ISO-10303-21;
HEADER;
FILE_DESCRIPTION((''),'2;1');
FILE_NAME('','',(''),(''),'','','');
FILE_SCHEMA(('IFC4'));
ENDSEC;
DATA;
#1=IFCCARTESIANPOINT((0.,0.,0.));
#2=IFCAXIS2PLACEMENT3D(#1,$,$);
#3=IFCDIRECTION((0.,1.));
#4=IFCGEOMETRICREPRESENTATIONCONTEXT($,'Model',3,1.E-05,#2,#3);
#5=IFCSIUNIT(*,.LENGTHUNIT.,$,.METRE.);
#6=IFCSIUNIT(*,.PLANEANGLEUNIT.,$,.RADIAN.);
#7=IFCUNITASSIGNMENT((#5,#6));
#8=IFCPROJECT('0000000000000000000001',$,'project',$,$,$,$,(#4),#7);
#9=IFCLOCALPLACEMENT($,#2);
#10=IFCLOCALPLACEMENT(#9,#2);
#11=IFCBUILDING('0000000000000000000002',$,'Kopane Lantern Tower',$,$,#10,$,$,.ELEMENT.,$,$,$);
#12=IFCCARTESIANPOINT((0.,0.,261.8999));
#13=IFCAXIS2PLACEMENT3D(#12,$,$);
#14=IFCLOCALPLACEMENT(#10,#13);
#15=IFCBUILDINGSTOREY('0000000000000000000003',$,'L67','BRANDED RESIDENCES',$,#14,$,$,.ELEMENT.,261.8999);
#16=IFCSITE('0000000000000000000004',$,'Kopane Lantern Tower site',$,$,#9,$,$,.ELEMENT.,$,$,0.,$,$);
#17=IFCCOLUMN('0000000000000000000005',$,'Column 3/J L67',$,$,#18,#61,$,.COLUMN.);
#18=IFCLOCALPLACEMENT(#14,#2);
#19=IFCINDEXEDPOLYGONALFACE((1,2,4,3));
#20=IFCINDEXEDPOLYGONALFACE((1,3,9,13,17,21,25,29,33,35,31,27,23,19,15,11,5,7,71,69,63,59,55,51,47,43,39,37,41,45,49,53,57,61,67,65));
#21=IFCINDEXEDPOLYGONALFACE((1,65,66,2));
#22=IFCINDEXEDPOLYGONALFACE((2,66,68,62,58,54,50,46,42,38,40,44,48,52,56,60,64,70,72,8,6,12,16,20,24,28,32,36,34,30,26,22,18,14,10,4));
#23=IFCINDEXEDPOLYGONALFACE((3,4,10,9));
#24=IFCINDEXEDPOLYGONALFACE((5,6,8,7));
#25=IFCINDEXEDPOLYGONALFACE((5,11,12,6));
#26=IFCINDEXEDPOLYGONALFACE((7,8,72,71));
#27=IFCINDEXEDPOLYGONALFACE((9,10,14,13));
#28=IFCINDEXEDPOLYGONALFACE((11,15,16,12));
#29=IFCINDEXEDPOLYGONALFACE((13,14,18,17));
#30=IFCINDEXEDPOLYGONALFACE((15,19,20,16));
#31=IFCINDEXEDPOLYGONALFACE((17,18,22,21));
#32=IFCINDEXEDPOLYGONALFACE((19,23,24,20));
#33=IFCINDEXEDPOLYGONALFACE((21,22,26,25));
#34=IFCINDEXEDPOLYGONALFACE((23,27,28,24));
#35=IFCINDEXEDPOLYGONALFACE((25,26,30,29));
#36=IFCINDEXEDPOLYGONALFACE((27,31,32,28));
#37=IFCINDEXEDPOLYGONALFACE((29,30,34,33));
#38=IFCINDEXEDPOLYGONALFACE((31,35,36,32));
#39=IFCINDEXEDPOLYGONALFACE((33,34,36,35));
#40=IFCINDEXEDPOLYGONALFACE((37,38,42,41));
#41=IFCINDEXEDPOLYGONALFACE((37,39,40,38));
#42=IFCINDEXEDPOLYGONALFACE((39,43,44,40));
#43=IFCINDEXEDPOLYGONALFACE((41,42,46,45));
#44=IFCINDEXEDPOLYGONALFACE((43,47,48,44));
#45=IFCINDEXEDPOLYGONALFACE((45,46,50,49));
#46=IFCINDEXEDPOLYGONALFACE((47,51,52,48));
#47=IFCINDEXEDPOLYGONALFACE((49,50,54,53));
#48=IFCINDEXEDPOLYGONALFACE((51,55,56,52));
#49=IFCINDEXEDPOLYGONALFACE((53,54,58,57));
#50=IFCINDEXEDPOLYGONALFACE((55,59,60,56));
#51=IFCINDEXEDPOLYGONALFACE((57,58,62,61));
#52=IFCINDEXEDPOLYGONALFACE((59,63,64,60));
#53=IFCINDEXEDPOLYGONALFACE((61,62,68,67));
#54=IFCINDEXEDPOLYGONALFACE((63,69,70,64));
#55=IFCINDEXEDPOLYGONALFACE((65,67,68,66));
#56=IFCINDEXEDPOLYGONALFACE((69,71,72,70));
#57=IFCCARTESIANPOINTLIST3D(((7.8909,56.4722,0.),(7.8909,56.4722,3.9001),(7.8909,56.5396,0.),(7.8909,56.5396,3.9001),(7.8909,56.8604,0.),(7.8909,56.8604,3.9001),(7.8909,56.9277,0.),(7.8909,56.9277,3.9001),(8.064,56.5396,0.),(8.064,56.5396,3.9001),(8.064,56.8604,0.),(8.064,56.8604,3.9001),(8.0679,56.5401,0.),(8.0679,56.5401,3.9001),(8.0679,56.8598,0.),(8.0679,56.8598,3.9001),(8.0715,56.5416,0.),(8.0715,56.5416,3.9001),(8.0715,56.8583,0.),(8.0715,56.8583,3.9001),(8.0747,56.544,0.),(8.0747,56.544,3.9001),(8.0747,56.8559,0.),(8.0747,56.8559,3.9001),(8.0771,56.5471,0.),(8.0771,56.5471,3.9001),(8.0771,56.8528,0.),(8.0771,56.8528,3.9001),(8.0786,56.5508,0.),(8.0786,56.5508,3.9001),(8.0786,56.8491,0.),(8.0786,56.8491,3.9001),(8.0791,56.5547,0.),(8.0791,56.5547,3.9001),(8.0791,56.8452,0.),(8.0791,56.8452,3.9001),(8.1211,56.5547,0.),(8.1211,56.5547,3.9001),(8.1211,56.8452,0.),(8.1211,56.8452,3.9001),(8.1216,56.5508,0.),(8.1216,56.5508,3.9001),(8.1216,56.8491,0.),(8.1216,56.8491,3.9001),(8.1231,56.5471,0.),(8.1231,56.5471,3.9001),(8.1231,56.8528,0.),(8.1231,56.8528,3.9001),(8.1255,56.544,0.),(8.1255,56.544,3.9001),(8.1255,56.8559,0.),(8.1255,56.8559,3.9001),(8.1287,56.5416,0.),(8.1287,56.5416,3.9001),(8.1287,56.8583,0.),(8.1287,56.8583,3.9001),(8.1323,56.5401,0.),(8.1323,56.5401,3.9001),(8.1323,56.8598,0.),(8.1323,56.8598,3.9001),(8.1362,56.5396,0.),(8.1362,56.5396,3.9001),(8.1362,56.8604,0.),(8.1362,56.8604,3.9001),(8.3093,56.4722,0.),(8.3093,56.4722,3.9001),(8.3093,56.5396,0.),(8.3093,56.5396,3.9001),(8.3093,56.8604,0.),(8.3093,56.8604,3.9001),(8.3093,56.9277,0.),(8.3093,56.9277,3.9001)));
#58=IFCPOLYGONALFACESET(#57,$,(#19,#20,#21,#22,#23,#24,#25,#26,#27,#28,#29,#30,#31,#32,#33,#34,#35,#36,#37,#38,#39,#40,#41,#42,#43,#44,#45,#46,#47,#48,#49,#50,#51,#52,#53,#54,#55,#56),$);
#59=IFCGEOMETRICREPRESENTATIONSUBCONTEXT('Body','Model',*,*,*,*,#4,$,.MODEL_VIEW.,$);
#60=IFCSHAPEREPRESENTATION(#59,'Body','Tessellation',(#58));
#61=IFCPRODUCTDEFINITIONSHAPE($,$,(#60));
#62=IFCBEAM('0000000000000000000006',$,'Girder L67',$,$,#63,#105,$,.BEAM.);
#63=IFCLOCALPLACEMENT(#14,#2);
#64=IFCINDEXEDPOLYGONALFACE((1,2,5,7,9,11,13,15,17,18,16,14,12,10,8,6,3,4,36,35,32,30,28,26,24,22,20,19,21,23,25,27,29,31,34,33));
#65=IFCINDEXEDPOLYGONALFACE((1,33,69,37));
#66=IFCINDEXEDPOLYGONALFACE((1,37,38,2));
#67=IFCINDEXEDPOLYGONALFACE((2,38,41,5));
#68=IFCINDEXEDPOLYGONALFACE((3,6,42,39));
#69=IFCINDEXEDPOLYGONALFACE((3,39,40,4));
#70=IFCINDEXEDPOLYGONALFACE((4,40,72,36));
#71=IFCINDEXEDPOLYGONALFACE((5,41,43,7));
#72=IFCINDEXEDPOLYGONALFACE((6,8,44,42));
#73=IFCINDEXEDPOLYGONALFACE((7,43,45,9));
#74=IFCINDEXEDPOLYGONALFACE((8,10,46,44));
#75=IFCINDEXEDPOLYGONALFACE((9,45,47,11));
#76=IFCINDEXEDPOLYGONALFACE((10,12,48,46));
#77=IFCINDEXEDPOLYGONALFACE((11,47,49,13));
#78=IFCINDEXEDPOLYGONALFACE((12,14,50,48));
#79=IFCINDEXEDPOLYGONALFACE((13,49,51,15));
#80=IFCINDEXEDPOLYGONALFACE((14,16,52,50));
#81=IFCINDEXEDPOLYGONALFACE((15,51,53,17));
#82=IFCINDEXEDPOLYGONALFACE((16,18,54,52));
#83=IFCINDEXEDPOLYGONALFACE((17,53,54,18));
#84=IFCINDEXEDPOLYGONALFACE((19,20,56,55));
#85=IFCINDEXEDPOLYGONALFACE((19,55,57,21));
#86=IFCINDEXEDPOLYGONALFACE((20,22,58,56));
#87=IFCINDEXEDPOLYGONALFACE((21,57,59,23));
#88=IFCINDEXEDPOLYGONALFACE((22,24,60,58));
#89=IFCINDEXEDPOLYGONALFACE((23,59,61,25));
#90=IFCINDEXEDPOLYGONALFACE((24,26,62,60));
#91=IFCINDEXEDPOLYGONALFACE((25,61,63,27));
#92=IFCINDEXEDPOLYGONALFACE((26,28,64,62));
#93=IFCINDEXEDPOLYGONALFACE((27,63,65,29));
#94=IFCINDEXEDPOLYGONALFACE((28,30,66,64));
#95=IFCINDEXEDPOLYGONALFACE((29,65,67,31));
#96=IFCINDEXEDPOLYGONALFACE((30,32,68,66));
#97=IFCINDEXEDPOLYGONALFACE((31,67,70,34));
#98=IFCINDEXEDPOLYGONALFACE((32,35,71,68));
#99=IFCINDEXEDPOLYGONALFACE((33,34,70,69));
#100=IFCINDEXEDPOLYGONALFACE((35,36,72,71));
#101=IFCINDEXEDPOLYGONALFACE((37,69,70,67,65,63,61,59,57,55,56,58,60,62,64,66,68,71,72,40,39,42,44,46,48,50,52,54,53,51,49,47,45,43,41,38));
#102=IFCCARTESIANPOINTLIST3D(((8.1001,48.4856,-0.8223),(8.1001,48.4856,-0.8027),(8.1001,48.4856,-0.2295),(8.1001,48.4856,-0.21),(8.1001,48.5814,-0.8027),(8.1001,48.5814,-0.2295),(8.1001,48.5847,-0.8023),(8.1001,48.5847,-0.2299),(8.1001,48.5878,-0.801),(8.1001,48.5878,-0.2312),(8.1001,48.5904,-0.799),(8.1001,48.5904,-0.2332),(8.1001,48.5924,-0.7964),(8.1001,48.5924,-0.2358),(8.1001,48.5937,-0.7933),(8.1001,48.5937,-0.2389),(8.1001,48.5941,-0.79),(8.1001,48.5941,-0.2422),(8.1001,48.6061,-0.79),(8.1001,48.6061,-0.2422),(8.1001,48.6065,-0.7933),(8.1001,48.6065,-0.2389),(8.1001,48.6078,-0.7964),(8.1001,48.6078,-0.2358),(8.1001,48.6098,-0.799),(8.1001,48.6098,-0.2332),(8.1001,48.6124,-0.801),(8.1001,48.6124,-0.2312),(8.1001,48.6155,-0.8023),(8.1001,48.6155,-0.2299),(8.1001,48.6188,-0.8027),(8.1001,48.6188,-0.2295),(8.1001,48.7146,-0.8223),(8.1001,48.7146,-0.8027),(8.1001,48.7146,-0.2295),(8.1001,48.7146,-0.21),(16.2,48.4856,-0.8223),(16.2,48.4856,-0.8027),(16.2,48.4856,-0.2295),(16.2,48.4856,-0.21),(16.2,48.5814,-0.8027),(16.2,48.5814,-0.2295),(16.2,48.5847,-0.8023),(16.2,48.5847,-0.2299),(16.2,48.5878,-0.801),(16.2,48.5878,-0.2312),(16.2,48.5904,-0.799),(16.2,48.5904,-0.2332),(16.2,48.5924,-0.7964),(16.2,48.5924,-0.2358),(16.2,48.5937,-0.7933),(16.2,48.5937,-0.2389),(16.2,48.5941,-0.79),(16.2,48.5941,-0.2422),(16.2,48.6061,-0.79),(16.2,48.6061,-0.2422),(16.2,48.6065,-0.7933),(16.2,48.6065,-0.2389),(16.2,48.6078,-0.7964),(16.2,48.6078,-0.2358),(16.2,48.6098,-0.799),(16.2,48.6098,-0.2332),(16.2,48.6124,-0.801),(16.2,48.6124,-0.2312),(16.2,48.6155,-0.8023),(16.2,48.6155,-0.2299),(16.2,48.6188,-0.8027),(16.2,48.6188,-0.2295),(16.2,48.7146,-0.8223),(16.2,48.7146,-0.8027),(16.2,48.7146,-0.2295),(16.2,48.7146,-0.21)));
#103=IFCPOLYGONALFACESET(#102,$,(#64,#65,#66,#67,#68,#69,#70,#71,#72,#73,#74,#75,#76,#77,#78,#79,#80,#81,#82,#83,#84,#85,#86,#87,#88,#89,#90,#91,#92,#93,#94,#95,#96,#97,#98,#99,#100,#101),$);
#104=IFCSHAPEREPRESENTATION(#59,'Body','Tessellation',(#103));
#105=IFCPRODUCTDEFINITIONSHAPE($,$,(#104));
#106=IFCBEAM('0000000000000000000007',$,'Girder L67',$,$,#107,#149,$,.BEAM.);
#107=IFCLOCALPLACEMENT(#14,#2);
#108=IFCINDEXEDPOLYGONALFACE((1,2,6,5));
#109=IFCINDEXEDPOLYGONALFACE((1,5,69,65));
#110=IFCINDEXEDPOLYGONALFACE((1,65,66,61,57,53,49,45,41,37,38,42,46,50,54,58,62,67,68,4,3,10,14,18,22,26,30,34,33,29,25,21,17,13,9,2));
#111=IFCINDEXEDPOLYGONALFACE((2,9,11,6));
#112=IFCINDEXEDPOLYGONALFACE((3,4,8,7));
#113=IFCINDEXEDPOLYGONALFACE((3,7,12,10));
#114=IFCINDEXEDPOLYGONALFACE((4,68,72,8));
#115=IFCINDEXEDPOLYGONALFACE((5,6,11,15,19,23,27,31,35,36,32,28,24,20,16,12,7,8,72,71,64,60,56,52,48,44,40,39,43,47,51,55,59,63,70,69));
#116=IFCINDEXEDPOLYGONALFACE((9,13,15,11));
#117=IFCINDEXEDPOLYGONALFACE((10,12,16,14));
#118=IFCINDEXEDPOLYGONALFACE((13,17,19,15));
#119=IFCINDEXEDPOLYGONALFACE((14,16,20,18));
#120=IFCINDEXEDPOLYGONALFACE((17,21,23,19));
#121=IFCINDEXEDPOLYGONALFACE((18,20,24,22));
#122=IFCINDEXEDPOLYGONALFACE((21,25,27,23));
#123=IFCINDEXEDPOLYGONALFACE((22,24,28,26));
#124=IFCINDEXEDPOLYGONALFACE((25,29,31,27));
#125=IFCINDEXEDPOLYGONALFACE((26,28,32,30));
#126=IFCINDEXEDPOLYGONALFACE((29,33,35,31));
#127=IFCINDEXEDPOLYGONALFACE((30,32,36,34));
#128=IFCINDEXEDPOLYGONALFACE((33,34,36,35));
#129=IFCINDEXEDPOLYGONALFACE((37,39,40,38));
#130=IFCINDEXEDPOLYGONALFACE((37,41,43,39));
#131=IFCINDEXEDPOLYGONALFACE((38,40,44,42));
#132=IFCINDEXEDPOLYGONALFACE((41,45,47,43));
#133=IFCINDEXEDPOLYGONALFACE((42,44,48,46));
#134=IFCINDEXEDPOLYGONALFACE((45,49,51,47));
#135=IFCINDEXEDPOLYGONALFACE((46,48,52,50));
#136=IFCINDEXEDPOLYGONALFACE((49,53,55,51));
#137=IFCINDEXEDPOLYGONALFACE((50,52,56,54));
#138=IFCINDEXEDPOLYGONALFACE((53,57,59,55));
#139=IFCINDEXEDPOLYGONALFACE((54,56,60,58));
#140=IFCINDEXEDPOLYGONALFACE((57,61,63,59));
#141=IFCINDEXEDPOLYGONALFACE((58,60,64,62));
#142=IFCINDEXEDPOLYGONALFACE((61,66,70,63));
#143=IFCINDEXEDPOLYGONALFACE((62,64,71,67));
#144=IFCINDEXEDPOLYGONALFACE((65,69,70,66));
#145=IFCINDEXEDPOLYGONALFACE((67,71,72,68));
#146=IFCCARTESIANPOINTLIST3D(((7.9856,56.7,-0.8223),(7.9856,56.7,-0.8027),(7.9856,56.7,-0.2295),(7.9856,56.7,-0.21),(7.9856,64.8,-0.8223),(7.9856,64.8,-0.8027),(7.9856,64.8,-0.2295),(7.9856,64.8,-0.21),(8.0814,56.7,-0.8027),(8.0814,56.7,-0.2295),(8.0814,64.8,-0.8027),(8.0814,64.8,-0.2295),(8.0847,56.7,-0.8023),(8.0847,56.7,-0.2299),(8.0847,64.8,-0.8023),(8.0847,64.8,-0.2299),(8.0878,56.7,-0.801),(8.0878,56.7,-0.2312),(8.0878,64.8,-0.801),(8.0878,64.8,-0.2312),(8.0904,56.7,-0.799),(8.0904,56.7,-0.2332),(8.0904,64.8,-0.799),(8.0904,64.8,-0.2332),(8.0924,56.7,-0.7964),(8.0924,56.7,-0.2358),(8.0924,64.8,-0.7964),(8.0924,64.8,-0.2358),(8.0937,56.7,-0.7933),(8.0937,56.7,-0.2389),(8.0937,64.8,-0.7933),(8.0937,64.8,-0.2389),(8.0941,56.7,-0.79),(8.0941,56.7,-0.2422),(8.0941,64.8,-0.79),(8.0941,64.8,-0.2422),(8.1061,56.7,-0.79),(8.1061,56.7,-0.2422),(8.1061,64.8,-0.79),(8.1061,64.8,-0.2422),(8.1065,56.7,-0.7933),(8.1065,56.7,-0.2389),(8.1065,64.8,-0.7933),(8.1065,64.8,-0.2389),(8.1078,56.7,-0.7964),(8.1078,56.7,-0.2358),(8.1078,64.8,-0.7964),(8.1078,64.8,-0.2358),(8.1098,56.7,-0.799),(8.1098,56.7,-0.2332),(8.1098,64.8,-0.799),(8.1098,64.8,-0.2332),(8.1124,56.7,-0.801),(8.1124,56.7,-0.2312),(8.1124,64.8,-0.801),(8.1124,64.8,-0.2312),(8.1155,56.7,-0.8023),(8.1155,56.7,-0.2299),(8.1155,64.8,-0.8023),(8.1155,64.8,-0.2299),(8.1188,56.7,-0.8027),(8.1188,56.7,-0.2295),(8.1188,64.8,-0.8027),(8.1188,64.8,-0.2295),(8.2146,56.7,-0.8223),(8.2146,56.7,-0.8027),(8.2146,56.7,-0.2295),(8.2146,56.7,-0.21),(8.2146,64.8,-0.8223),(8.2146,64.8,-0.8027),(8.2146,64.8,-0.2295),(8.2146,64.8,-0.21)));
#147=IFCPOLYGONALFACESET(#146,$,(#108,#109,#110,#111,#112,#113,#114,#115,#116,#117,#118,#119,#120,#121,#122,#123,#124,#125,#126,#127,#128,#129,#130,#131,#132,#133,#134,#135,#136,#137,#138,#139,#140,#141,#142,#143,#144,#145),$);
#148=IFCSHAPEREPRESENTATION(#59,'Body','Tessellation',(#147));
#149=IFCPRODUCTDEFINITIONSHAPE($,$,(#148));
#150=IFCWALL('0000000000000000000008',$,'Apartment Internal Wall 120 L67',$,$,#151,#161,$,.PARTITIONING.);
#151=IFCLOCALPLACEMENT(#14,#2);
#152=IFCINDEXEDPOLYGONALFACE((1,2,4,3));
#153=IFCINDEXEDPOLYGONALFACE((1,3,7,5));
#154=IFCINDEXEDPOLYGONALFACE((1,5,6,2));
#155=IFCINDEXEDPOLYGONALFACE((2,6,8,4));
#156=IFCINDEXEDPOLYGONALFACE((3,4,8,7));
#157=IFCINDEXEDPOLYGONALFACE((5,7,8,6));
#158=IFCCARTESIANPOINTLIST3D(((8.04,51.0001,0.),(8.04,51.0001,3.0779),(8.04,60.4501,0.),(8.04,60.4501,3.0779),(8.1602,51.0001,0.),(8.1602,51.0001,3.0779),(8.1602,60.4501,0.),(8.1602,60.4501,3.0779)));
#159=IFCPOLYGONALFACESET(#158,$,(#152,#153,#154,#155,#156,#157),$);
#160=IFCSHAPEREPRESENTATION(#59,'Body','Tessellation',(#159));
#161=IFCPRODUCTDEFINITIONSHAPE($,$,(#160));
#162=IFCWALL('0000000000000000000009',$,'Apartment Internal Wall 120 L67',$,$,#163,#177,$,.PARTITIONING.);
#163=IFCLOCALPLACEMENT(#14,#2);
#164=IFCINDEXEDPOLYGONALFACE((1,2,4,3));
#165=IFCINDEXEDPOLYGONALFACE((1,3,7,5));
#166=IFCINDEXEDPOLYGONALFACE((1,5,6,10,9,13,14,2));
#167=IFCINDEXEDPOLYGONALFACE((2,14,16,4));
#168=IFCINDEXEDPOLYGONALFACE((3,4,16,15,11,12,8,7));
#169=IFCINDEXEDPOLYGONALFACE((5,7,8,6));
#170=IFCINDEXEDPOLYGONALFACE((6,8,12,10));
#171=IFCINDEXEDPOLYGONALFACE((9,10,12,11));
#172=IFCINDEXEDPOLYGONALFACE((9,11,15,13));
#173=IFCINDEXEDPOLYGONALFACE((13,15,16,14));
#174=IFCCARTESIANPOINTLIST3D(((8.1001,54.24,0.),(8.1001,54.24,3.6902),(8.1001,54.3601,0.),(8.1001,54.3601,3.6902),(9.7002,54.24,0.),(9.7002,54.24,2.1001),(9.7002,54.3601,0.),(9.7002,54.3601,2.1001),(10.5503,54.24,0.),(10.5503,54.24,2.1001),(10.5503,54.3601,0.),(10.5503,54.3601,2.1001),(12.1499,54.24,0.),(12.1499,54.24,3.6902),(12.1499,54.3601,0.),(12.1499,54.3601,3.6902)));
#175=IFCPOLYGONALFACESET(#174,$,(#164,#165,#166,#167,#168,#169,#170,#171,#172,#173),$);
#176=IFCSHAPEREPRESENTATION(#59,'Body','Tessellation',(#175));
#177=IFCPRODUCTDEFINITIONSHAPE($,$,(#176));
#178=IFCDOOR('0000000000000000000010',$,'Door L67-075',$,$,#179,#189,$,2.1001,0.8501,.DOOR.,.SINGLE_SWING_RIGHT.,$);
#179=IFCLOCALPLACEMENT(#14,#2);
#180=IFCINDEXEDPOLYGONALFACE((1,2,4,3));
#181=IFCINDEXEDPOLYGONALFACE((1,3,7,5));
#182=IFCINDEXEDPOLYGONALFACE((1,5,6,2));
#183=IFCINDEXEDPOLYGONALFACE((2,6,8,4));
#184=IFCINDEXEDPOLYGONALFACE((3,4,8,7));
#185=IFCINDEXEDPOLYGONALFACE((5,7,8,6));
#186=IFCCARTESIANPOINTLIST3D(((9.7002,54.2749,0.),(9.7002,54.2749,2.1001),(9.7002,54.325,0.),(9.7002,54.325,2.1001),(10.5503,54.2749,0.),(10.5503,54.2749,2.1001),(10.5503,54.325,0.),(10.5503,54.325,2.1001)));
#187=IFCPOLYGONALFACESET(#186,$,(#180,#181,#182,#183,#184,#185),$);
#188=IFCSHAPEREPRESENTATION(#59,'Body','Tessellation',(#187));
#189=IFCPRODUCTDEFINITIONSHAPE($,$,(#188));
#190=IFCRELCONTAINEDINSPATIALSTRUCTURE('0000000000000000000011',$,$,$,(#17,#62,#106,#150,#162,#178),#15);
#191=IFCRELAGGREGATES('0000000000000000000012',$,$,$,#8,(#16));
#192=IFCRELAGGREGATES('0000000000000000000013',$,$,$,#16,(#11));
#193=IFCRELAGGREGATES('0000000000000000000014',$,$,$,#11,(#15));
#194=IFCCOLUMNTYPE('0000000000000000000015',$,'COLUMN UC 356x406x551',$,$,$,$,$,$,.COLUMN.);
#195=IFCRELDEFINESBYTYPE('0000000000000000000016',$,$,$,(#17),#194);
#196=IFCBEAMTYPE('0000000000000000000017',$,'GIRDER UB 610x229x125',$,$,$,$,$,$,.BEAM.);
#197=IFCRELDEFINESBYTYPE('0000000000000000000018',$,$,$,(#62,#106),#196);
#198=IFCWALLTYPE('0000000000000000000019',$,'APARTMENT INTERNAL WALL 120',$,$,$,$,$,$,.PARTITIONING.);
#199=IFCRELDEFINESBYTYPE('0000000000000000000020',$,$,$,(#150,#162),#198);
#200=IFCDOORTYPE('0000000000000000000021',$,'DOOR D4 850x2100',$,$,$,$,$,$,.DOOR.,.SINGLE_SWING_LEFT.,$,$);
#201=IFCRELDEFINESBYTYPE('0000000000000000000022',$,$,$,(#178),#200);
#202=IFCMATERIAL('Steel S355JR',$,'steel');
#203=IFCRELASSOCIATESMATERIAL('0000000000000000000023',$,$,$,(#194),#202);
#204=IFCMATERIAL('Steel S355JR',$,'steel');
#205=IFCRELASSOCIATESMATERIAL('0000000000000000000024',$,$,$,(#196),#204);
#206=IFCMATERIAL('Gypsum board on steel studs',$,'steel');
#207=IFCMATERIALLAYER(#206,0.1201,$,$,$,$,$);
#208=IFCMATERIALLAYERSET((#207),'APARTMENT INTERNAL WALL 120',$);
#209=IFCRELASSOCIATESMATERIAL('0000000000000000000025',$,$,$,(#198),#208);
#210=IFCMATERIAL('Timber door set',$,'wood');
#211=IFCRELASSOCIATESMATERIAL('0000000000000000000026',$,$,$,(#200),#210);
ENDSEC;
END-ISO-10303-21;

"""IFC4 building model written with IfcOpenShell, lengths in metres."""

from ifc_helpers import new_model, si_unit, direction, frame, frame_2d, origin, origin_2d, place, context, subcontext, project, spatial, rectangle, i_section, extrude, material, layer, layer_set, material_profile, profile_set, type_object, element, fill, save


model = new_model("IFC4")

# Units and contexts
model_context = context("Model", 3, precision=1e-05, world=origin(), true_north=direction((0.0, 1.0)))
body_context = subcontext(model_context, "Body", "Model", "MODEL_VIEW")
ifc_project = project(units=[si_unit("LENGTHUNIT", "METRE"), si_unit("PLANEANGLEUNIT", "RADIAN")], contexts=[model_context])

# Site, building, storey
site_placement = place(None, origin())
site = spatial("IfcSite", under=ifc_project, at=site_placement, Name="Kopane Lantern Tower site", CompositionType="ELEMENT", RefElevation=0.0)
building_placement = place(site_placement, origin())
building = spatial("IfcBuilding", under=site, at=building_placement, Name="Kopane Lantern Tower", CompositionType="ELEMENT")
storey_placement = place(building_placement, frame((0.0, 0.0, 261.8999)))
storey = spatial("IfcBuildingStorey", under=building, at=storey_placement, Name="L67", Description="BRANDED RESIDENCES", CompositionType="ELEMENT", Elevation=261.8999)

# Column
ifc_material_1 = material(Name="Steel S355JR", Category="steel")
ifc_material_profile_1 = material_profile(ifc_material_1, i_section(OverallWidth=0.4185, OverallDepth=0.4556, WebThickness=0.042, FlangeThickness=0.0674, FilletRadius=0.0151, at=origin_2d()), Name="UC 356x406x551")
ifc_profile_set_1 = profile_set([ifc_material_profile_1], Name="Steel S355JR")
column_type = type_object("IfcColumnType", Name="COLUMN UC 356x406x551", PredefinedType="COLUMN", material=ifc_profile_set_1)
column_placement = place(storey_placement, frame((8.1001, 56.7, 0.0), z_axis=(0.0, 0.0, 1.0), x_axis=(1.0, 0.0, 0.0)))
element("IfcColumn", 1, at=column_placement, inside=storey, type_object=column_type, Name="Column 3/J L67", PredefinedType="COLUMN", context=body_context, shape_type="SweptSolid", body=[
    extrude(i_section(OverallWidth=0.4185, OverallDepth=0.4556, WebThickness=0.042, FlangeThickness=0.0674, FilletRadius=0.0151, at=origin_2d()), origin(), (0.0, 0.0, 1.0), 3.9001),
])

# Beams
ifc_material_2 = material(Name="Steel S355JR", Category="steel")
ifc_material_profile_2 = material_profile(ifc_material_2, i_section(OverallWidth=0.229, OverallDepth=0.6123, WebThickness=0.012, FlangeThickness=0.0195, FilletRadius=0.0127, at=origin_2d()), Name="UB 610x229x125")
ifc_profile_set_2 = profile_set([ifc_material_profile_2], Name="Steel S355JR")
beam_type = type_object("IfcBeamType", Name="GIRDER UB 610x229x125", PredefinedType="BEAM", material=ifc_profile_set_2)
beam_1_placement = place(storey_placement, frame((8.1001, 48.6001, -0.5161), z_axis=(1.0, 0.0, 0.0), x_axis=(0.0, 1.0, 0.0)))
element("IfcBeam", 2, at=beam_1_placement, inside=storey, type_object=beam_type, Name="Girder L67", PredefinedType="BEAM", context=body_context, shape_type="SweptSolid", body=[
    extrude(i_section(OverallWidth=0.229, OverallDepth=0.6123, WebThickness=0.012, FlangeThickness=0.0195, FilletRadius=0.0127, at=origin_2d()), origin(), (0.0, 0.0, 1.0), 8.0999),
])
beam_2_placement = place(storey_placement, frame((8.1001, 56.7, -0.5161), z_axis=(0.0, 1.0, 0.0), x_axis=(-1.0, 0.0, 0.0)))
element("IfcBeam", 3, at=beam_2_placement, inside=storey, type_object=beam_type, Name="Girder L67", PredefinedType="BEAM", context=body_context, shape_type="SweptSolid", body=[
    extrude(i_section(OverallWidth=0.229, OverallDepth=0.6123, WebThickness=0.012, FlangeThickness=0.0195, FilletRadius=0.0127, at=origin_2d()), origin(), (0.0, 0.0, 1.0), 8.1001),
])

# Wall
ifc_material_3 = material(Name="Gypsum board on steel studs", Category="steel")
ifc_layer_1 = layer(ifc_material_3, 0.1201)
ifc_layer_set_1 = layer_set([ifc_layer_1], Name="APARTMENT INTERNAL WALL 120")
wall_type_1 = type_object("IfcWallType", Name="APARTMENT INTERNAL WALL 120", PredefinedType="PARTITIONING", material=ifc_layer_set_1)
wall_1_placement = place(storey_placement, frame((8.1001, 51.0, 0.0), z_axis=(0.0, 0.0, 1.0), x_axis=(0.0, 1.0, 0.0)))
element("IfcWall", 4, at=wall_1_placement, inside=storey, type_object=wall_type_1, Name="Apartment Internal Wall 120 L67", PredefinedType="PARTITIONING", context=body_context, shape_type="SweptSolid", body=[
    extrude(rectangle(XDim=9.45, YDim=0.1201, at=frame_2d((4.7251, 0.0))), origin(), (0.0, 0.0, 1.0), 3.0779),
])

# Wall, opening, door
wall_2_placement = place(storey_placement, frame((8.1001, 54.3, 0.0), z_axis=(0.0, 0.0, 1.0), x_axis=(1.0, 0.0, 0.0)))
wall_2 = element("IfcWall", 5, at=wall_2_placement, inside=storey, type_object=wall_type_1, Name="Apartment Internal Wall 120 L67", PredefinedType="PARTITIONING", context=body_context, shape_type="SweptSolid", body=[
    extrude(rectangle(XDim=4.0498, YDim=0.1201, at=frame_2d((2.0249, 0.0))), origin(), (0.0, 0.0, 1.0), 3.6902),
])
opening_1_placement = place(wall_2_placement, frame((1.6001, 0.0, 0.0)))
opening_1 = element("IfcOpeningElement", 6, at=opening_1_placement, cuts=wall_2, PredefinedType="OPENING", context=body_context, shape_type="SweptSolid", body=[
    extrude(rectangle(XDim=0.8501, YDim=2.1001, at=frame_2d((0.425, 1.05))), frame((0.0, 0.0701, 0.0), z_axis=(0.0, -1.0, 0.0), x_axis=(1.0, 0.0, 0.0)), (0.0, 0.0, 1.0), 0.1401),
])
ifc_material_4 = material(Name="Timber door set", Category="wood")
door_type_1 = type_object("IfcDoorType", Name="DOOR D4 850x2100", OperationType="SINGLE_SWING_LEFT", PredefinedType="DOOR", material=ifc_material_4)
door_1_placement = place(opening_1_placement, origin())
door_1 = element("IfcDoor", 7, at=door_1_placement, inside=storey, type_object=door_type_1, Name="Door L67-075", OperationType="SINGLE_SWING_RIGHT", OverallHeight=2.1001, OverallWidth=0.8501, PredefinedType="DOOR", context=body_context, shape_type="SweptSolid", body=[
    extrude(rectangle(XDim=0.8501, YDim=2.1001, at=frame_2d((0.425, 1.05))), frame((0.0, 0.0249, 0.0), z_axis=(0.0, -1.0, 0.0), x_axis=(1.0, 0.0, 0.0)), (0.0, 0.0, 1.0), 0.05),
])
fill(opening_1, door_1)

save(model, "model.ifc")
